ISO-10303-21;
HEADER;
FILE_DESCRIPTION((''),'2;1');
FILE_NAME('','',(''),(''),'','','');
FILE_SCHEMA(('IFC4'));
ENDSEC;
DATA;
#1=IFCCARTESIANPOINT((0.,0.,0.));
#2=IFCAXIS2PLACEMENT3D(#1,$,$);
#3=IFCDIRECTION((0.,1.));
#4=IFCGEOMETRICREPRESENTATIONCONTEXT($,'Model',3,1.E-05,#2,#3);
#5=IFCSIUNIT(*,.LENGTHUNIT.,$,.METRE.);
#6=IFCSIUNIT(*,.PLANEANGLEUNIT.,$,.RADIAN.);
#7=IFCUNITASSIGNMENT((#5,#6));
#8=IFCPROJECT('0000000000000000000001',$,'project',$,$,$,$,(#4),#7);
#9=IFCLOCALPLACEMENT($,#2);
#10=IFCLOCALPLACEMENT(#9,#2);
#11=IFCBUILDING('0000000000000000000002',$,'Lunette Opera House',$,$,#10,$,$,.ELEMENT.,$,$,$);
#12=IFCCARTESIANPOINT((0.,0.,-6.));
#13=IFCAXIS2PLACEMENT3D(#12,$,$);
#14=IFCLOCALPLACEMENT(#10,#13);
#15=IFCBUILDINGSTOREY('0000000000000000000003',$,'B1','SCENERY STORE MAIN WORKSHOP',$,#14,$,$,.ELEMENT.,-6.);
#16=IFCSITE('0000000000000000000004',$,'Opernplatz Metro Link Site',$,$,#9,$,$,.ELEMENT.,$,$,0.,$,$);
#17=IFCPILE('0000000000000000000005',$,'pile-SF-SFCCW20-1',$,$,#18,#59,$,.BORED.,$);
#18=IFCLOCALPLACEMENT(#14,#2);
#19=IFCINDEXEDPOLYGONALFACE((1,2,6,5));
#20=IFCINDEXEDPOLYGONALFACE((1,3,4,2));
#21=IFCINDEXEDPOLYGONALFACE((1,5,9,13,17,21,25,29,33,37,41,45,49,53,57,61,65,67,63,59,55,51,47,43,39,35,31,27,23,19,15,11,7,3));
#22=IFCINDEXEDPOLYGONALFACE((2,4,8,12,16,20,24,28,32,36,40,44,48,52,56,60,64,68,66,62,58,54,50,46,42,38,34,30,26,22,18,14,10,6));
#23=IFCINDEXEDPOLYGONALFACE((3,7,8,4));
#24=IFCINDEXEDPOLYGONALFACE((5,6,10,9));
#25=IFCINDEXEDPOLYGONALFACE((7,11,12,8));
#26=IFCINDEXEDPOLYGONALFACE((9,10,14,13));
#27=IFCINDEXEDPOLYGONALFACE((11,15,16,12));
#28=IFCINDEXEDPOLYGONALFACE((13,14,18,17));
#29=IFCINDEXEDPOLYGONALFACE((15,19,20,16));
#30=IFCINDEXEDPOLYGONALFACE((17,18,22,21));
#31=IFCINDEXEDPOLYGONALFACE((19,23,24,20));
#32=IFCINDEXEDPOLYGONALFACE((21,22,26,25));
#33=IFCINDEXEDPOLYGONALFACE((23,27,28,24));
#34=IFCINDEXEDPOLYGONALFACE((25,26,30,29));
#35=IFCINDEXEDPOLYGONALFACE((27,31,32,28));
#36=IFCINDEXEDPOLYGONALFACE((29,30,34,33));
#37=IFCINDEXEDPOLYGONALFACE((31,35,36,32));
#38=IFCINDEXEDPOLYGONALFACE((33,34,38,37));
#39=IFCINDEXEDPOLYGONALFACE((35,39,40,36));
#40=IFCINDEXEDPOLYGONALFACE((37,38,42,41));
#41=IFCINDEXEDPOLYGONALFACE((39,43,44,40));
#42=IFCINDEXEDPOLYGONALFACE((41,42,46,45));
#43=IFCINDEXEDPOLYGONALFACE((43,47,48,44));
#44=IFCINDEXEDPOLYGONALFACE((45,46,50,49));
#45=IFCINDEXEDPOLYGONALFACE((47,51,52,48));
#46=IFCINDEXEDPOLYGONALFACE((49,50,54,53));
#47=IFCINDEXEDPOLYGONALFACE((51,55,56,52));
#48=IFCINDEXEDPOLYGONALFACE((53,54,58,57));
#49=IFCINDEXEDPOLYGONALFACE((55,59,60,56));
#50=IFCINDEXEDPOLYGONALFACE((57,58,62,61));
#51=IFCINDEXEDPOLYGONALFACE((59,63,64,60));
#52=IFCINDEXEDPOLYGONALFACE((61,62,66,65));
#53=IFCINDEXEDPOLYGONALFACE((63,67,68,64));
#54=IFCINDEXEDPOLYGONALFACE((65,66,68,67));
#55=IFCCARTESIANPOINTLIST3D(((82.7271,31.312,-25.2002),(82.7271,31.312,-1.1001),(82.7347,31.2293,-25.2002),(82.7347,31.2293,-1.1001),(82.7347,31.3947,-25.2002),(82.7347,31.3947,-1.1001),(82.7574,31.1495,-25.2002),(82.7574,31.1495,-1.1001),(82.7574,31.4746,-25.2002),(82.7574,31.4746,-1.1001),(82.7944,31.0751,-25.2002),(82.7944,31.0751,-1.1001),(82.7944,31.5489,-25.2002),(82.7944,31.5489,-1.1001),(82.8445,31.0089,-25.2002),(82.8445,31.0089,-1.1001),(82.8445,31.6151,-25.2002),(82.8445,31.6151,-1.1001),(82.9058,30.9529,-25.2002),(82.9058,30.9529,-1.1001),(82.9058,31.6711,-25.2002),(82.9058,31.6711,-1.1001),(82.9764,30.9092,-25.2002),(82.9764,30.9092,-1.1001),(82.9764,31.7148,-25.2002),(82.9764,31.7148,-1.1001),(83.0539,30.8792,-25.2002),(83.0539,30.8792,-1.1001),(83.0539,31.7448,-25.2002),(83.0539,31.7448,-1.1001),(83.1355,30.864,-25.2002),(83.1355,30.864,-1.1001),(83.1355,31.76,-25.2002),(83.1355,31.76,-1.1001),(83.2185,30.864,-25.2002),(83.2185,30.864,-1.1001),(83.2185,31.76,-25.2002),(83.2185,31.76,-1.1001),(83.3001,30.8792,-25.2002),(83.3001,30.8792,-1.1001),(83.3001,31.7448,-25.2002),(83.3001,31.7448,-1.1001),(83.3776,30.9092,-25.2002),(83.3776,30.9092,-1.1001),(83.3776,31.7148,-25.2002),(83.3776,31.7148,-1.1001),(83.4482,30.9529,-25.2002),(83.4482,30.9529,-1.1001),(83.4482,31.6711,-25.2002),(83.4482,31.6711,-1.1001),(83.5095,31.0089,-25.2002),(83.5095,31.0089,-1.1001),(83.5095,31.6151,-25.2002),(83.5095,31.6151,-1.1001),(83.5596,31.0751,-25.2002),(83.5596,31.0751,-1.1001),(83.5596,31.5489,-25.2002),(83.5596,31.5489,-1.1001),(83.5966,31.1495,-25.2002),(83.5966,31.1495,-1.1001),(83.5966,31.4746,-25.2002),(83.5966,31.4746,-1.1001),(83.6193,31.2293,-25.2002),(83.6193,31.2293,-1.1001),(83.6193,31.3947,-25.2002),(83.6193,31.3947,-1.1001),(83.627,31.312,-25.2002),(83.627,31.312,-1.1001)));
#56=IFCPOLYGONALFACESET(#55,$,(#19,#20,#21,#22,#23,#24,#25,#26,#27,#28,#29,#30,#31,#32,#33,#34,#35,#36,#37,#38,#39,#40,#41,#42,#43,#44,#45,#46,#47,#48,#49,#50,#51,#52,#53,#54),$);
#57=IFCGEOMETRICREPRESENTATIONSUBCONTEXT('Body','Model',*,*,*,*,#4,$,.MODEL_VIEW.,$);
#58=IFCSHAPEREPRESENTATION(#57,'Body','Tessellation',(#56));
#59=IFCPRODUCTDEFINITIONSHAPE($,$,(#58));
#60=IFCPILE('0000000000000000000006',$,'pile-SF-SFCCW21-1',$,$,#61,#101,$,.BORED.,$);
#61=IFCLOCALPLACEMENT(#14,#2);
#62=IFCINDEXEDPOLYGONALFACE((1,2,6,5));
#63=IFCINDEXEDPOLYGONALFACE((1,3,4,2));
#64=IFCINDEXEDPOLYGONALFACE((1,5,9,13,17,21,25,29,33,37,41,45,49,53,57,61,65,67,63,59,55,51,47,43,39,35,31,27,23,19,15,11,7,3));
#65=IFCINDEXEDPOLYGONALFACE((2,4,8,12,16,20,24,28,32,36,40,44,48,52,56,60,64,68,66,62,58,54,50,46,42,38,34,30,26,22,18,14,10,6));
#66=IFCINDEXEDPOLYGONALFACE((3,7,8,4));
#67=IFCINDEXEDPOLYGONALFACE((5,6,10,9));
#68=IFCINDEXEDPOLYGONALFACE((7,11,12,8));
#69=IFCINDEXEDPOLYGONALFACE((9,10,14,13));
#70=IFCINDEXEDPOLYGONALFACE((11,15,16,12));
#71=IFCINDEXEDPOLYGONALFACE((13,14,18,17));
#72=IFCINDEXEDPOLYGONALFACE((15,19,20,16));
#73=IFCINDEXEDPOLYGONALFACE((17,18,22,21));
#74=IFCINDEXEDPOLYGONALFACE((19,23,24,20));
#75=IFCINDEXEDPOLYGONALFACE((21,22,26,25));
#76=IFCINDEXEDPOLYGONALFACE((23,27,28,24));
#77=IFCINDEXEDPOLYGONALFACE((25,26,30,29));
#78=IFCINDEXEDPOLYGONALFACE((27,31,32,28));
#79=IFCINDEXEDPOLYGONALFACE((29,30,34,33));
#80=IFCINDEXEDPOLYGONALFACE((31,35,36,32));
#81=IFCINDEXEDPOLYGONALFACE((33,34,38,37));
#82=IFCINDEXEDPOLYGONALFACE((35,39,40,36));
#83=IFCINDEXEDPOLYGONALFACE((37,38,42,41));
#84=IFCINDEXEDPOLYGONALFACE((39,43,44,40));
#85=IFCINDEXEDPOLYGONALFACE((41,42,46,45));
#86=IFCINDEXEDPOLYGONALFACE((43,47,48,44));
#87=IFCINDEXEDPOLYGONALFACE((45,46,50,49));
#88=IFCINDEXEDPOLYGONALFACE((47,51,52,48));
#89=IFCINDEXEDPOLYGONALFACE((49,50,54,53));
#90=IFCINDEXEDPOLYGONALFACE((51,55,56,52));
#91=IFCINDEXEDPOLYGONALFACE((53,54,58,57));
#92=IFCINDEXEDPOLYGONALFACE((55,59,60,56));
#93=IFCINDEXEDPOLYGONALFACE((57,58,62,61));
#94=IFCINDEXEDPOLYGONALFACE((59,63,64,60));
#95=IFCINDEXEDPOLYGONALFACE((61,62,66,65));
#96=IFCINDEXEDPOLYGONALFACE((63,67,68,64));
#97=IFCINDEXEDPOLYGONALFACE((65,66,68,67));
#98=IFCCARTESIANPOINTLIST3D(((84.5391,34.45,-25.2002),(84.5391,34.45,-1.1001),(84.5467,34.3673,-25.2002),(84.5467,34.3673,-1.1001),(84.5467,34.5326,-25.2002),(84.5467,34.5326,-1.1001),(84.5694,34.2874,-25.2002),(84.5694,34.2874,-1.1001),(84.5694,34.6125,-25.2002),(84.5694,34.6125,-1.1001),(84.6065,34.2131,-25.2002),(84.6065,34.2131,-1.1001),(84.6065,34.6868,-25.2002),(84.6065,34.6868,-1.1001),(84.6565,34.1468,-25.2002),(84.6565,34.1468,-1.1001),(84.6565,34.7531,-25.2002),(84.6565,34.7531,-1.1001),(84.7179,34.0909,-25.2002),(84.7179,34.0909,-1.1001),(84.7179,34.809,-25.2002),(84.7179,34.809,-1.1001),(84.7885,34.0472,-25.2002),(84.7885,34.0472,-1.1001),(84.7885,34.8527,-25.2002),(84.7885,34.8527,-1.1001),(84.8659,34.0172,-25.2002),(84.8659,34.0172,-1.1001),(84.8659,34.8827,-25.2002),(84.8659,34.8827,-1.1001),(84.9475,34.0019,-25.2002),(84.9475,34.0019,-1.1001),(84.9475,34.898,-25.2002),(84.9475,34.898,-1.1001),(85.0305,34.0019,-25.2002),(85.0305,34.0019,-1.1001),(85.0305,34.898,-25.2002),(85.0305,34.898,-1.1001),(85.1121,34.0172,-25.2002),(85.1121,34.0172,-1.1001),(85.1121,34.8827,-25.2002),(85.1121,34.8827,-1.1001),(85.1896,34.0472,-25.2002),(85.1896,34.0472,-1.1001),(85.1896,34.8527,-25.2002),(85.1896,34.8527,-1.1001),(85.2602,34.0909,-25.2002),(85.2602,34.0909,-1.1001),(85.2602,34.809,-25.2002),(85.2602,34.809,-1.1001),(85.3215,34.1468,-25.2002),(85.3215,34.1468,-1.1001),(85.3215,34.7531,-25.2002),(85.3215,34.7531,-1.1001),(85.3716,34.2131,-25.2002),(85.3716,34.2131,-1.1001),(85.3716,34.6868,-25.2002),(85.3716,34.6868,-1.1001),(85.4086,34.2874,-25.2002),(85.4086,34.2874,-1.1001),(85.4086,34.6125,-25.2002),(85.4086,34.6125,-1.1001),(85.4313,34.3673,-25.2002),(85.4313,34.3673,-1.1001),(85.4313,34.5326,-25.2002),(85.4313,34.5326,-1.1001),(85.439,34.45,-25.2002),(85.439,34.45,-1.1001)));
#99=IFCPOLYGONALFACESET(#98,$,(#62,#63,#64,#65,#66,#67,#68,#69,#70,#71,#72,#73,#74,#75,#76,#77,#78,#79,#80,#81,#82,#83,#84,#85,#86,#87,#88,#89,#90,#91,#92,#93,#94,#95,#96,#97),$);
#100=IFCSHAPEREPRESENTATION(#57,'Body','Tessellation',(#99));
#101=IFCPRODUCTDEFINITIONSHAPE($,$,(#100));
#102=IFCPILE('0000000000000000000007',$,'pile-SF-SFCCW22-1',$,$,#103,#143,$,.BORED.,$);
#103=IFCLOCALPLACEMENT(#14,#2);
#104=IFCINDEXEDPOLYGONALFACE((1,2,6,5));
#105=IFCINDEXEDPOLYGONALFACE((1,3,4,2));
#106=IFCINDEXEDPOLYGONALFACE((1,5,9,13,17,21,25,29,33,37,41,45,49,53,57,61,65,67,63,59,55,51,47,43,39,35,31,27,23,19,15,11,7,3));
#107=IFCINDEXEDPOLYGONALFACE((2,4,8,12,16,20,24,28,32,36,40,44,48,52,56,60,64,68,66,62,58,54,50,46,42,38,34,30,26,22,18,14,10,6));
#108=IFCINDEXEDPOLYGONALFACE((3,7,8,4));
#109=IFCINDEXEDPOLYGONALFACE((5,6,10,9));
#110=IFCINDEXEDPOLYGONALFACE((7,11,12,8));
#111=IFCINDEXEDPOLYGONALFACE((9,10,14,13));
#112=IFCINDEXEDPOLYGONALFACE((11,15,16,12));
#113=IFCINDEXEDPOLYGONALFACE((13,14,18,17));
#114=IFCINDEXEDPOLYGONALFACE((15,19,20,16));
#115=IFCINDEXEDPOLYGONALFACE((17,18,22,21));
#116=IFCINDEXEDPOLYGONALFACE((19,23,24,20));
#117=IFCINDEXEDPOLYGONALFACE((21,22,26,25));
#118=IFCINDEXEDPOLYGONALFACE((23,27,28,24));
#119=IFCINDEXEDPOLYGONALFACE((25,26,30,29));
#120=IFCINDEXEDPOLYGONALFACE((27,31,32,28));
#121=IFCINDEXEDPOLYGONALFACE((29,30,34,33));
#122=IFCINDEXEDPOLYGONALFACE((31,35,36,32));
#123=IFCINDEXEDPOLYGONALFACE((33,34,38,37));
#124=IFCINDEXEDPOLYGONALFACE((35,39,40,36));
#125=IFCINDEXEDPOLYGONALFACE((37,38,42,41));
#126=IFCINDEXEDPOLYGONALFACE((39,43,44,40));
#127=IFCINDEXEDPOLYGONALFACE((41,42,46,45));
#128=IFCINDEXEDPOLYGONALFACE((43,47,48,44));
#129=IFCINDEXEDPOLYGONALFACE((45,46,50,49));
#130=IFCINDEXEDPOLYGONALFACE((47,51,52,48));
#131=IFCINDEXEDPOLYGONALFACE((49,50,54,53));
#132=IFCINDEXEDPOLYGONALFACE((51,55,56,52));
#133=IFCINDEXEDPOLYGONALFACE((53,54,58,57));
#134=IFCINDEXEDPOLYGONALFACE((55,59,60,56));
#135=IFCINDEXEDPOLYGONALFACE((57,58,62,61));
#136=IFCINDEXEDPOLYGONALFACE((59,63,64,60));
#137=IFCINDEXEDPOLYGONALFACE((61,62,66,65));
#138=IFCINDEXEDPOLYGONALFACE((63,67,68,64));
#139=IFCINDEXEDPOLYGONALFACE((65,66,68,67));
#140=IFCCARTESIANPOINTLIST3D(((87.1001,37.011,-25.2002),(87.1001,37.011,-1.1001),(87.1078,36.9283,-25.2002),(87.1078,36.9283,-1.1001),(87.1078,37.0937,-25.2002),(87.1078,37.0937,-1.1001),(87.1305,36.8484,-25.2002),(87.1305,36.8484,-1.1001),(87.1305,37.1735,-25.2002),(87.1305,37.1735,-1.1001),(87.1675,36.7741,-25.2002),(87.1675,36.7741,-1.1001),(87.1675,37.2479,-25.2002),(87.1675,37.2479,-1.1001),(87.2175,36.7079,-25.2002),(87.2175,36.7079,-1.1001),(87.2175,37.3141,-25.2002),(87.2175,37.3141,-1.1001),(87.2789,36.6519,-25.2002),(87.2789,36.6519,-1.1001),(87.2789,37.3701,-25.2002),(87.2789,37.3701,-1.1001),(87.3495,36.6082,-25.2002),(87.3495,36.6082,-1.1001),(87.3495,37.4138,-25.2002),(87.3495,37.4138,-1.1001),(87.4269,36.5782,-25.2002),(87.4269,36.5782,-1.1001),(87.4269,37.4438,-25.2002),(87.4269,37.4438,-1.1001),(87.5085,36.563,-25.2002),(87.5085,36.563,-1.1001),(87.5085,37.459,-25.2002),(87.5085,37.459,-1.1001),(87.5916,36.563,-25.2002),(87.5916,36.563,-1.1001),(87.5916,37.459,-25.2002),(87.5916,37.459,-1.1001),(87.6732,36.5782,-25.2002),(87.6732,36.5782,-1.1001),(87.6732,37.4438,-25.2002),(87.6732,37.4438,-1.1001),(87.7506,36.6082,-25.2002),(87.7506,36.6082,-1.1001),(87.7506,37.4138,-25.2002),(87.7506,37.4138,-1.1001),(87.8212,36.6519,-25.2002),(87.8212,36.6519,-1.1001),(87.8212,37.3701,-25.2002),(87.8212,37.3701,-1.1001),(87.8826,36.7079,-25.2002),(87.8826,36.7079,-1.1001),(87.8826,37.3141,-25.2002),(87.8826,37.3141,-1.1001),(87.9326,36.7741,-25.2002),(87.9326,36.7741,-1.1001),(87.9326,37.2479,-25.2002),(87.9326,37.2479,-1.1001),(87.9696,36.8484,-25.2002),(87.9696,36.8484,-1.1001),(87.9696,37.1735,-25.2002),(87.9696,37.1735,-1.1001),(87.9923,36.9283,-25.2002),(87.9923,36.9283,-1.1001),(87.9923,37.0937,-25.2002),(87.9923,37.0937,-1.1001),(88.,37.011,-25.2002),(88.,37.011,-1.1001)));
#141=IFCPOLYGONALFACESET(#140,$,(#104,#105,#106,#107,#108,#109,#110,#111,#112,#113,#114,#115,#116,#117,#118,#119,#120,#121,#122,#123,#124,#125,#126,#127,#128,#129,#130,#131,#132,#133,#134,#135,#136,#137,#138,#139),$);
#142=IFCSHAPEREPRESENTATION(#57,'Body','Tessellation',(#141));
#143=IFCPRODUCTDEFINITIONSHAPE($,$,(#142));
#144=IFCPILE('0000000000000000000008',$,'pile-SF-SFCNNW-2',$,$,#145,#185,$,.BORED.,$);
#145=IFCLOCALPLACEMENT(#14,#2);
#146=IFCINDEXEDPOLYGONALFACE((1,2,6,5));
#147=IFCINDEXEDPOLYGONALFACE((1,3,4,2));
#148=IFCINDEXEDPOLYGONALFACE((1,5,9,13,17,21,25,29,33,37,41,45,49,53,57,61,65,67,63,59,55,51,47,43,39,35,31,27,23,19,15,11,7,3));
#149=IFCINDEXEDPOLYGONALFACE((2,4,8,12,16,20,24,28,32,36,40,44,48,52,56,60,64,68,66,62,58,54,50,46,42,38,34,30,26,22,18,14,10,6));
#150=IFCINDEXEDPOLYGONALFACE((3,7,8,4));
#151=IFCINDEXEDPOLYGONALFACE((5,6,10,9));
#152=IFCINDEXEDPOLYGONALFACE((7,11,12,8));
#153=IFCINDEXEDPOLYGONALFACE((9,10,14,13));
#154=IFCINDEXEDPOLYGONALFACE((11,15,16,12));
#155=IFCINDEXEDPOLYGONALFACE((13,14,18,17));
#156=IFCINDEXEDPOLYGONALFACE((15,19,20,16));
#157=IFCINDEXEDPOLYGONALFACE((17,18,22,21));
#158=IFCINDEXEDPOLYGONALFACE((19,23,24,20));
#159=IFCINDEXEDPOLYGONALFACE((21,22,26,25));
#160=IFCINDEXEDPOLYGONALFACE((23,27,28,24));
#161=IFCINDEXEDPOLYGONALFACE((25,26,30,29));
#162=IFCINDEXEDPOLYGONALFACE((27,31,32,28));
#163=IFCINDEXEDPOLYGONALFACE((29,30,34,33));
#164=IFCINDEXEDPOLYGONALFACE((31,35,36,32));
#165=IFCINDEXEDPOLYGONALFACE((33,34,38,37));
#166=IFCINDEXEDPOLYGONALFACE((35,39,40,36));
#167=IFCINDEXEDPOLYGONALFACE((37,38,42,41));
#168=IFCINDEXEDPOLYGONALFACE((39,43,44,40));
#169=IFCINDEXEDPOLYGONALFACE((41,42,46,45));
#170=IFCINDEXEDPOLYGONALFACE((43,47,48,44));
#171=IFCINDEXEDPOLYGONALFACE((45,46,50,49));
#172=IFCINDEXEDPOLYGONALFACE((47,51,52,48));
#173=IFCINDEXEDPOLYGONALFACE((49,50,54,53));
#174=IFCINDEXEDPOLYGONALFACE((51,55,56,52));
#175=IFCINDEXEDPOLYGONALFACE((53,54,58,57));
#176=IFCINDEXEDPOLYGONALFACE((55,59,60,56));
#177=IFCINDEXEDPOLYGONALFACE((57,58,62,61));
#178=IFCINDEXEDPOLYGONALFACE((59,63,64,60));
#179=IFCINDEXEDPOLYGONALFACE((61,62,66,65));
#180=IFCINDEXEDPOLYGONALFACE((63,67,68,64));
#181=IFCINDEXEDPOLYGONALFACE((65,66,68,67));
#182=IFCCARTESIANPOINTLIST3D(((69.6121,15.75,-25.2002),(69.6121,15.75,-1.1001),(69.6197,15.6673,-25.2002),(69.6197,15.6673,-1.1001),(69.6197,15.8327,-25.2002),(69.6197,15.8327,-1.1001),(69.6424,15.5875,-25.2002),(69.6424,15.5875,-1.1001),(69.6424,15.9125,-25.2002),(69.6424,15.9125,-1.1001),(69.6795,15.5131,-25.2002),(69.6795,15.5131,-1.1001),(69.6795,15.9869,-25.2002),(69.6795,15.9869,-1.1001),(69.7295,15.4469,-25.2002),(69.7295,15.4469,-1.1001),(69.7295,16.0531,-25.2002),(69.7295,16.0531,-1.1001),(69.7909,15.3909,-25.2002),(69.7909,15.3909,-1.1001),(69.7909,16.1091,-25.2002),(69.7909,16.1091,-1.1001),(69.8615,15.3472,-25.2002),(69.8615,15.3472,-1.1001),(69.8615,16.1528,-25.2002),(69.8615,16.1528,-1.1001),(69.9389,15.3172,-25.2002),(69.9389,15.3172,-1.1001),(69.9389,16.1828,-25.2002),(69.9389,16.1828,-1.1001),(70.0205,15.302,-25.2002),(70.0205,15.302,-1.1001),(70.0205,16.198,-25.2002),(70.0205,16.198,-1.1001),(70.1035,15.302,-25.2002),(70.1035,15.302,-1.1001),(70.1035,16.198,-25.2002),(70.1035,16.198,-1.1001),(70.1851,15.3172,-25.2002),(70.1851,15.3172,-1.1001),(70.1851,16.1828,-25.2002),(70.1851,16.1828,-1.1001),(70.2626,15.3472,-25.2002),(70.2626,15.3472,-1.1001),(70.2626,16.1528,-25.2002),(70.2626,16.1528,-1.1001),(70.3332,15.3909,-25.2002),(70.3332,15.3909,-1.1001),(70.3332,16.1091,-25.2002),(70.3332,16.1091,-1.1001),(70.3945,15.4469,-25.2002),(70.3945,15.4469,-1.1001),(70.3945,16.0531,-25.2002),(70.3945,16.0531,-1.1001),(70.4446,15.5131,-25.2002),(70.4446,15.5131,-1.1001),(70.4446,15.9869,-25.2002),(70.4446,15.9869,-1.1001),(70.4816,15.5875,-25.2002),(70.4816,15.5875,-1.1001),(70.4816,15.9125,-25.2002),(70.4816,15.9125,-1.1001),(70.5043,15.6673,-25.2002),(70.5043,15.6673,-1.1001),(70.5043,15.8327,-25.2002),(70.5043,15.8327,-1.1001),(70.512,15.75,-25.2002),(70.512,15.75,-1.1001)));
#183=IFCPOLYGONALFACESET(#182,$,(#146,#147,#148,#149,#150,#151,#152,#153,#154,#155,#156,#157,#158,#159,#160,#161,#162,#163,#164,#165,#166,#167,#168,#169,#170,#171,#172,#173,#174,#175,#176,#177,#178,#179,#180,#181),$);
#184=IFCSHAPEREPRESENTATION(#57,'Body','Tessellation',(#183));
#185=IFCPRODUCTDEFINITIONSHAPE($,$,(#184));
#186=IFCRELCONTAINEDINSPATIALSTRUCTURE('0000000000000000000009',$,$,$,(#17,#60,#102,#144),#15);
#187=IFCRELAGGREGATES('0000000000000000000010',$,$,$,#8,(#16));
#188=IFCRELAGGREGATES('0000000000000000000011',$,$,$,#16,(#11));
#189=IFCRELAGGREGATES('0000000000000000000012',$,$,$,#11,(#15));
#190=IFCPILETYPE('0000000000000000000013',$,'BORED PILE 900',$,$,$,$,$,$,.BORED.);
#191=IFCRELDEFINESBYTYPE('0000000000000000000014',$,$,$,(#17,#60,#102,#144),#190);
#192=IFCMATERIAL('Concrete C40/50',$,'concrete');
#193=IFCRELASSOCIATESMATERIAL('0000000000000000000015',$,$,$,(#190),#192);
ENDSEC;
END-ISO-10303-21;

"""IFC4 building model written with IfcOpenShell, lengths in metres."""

from ifc_helpers import new_model, si_unit, direction, frame, origin, origin_2d, place, context, subcontext, project, spatial, circle, extrude, material, material_profile, profile_set, type_object, element, save


model = new_model("IFC4")

# Units and contexts
model_context = context("Model", 3, precision=1e-05, world=origin(), true_north=direction((0.0, 1.0)))
body_context = subcontext(model_context, "Body", "Model", "MODEL_VIEW")
ifc_project = project(units=[si_unit("LENGTHUNIT", "METRE"), si_unit("PLANEANGLEUNIT", "RADIAN")], contexts=[model_context])

# Site, building, storey
site_placement = place(None, origin())
site = spatial("IfcSite", under=ifc_project, at=site_placement, Name="Opernplatz Metro Link Site", CompositionType="ELEMENT", RefElevation=0.0)
building_placement = place(site_placement, origin())
building = spatial("IfcBuilding", under=site, at=building_placement, Name="Lunette Opera House", CompositionType="ELEMENT")
storey_placement = place(building_placement, frame((0.0, 0.0, -6.0)))
storey = spatial("IfcBuildingStorey", under=building, at=storey_placement, Name="B1", Description="SCENERY STORE MAIN WORKSHOP", CompositionType="ELEMENT", Elevation=-6.0)

# Piles
ifc_material_1 = material(Name="Concrete C40/50", Category="concrete")
ifc_material_profile_1 = material_profile(ifc_material_1, circle(Radius=0.45, at=origin_2d()), Name="BORED PILE 900")
ifc_profile_set_1 = profile_set([ifc_material_profile_1], Name="Concrete C40/50")
pile_type = type_object("IfcPileType", Name="BORED PILE 900", PredefinedType="BORED", material=ifc_profile_set_1)
for number, where, z_axis, x_axis, name in (
    (1, (83.177, 31.312, -1.1001), (0.0, 0.0, -1.0), (1.0, 0.0, 0.0), "pile-SF-SFCCW20-1"),
    (2, (84.989, 34.45, -1.1001), (0.0, 0.0, -1.0), (1.0, 0.0, 0.0), "pile-SF-SFCCW21-1"),
    (3, (87.55, 37.011, -1.1001), (0.0, 0.0, -1.0), (1.0, 0.0, 0.0), "pile-SF-SFCCW22-1"),
    (4, (70.062, 15.75, -1.1001), (0.0, 0.0, -1.0), (1.0, 0.0, 0.0), "pile-SF-SFCNNW-2"),
):
    element("IfcPile", number, at=place(storey_placement, frame(where, z_axis=z_axis, x_axis=x_axis)), inside=storey, type_object=pile_type, Name=name, PredefinedType="BORED", context=body_context, shape_type="SweptSolid", body=[
        extrude(circle(Radius=0.45, at=origin_2d()), origin(), (0.0, 0.0, 1.0), 24.1001),
    ])

save(model, "model.ifc")
